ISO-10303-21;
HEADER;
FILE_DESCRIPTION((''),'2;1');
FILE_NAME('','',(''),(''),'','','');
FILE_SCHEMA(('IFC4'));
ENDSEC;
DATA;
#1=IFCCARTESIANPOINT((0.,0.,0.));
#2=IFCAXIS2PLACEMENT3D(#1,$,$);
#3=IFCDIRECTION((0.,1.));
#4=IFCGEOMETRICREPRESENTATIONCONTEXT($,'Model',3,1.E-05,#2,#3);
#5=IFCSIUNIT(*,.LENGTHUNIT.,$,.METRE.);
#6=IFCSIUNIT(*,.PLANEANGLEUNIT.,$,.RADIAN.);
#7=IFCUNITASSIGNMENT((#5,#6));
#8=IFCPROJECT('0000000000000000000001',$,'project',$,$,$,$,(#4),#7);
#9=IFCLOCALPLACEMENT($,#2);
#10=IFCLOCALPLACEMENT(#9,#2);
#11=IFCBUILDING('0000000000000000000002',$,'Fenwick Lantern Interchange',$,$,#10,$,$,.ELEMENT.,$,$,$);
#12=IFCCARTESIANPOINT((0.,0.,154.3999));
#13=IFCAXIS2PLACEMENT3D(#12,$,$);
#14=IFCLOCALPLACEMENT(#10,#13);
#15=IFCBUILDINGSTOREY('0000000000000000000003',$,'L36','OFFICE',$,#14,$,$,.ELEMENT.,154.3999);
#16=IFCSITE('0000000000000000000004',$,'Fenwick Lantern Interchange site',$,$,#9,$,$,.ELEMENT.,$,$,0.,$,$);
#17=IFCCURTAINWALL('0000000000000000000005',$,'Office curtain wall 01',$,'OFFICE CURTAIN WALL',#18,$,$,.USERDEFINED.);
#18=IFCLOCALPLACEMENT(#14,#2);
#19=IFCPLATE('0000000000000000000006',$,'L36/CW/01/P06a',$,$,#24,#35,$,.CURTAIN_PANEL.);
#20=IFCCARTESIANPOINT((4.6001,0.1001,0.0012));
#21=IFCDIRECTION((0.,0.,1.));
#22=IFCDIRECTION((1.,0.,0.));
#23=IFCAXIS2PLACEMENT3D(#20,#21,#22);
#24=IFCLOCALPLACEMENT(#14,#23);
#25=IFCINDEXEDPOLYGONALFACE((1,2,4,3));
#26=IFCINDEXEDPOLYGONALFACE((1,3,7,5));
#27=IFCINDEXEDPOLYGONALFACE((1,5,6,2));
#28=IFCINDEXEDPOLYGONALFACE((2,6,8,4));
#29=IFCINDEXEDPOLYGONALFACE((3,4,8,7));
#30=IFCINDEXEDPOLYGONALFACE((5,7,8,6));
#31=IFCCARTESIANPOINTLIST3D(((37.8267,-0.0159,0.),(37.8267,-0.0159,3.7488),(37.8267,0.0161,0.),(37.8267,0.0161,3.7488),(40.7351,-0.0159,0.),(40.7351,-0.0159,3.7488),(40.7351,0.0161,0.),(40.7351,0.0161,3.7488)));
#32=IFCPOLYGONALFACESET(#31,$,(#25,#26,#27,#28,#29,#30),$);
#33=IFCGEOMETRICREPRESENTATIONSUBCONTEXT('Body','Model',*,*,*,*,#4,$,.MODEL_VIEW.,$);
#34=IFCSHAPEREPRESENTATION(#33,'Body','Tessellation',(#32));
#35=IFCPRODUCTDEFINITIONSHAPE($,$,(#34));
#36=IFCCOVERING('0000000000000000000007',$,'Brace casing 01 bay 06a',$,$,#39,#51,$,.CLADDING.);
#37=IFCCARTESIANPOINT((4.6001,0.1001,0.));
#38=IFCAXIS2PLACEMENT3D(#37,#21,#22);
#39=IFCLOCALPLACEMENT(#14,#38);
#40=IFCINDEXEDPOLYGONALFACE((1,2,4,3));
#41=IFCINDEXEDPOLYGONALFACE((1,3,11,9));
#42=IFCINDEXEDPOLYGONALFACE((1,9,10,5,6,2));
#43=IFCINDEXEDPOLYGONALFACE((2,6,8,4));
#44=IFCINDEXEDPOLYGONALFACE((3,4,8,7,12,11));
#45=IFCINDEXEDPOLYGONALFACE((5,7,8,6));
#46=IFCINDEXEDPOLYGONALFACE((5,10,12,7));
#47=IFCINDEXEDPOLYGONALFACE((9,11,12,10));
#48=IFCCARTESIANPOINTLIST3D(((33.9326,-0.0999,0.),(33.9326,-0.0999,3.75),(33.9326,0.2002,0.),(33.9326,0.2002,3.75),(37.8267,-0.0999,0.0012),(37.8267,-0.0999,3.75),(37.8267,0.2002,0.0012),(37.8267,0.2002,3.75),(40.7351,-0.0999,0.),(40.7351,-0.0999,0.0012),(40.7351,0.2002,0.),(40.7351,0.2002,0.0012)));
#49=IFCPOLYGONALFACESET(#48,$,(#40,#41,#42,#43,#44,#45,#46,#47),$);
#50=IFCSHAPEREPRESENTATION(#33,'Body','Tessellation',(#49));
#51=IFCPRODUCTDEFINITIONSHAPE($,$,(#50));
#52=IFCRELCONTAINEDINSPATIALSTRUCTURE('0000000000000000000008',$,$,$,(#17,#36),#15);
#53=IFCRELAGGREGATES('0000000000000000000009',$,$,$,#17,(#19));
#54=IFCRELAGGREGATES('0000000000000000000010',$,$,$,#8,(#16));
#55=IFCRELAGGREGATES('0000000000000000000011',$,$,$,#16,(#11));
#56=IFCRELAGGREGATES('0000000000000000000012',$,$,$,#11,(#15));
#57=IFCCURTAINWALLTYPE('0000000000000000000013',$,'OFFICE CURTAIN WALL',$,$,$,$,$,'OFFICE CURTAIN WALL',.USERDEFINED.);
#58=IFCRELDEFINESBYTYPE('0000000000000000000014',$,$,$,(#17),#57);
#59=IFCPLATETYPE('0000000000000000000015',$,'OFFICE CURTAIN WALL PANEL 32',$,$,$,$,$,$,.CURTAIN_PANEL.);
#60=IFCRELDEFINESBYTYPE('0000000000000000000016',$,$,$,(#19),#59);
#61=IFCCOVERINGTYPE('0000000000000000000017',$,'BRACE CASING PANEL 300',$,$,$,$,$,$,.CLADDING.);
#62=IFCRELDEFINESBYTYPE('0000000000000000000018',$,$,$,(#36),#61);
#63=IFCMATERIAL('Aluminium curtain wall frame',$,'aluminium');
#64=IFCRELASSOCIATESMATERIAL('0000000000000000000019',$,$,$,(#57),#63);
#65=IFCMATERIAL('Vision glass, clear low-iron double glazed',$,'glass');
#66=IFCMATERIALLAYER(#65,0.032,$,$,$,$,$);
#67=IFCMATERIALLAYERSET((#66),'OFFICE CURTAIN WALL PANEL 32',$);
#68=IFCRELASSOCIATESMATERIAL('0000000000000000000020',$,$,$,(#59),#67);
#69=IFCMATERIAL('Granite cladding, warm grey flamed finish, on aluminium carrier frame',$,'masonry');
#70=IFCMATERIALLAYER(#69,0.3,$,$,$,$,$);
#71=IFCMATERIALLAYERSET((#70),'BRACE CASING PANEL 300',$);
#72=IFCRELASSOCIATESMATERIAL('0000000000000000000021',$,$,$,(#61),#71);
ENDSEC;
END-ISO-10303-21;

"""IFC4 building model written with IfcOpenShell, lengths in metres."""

from ifc_helpers import new_model, si_unit, direction, frame, origin, place, context, subcontext, project, spatial, polyline, outline, extrude, material, layer, layer_set, type_object, element, aggregate, save


model = new_model("IFC4")

# Units and contexts
model_context = context("Model", 3, precision=1e-05, world=origin(), true_north=direction((0.0, 1.0)))
body_context = subcontext(model_context, "Body", "Model", "MODEL_VIEW")
ifc_project = project(units=[si_unit("LENGTHUNIT", "METRE"), si_unit("PLANEANGLEUNIT", "RADIAN")], contexts=[model_context])

# Site, building, storey
site_placement = place(None, origin())
site = spatial("IfcSite", under=ifc_project, at=site_placement, Name="Fenwick Lantern Interchange site", CompositionType="ELEMENT", RefElevation=0.0)
building_placement = place(site_placement, origin())
building = spatial("IfcBuilding", under=site, at=building_placement, Name="Fenwick Lantern Interchange", CompositionType="ELEMENT")
storey_placement = place(building_placement, frame((0.0, 0.0, 154.3999)))
storey = spatial("IfcBuildingStorey", under=building, at=storey_placement, Name="L36", Description="OFFICE", CompositionType="ELEMENT", Elevation=154.3999)

# Curtain wall
ifc_material_1 = material(Name="Aluminium curtain wall frame", Category="aluminium")
curtain_wall_type = type_object("IfcCurtainWallType", Name="OFFICE CURTAIN WALL", ElementType="OFFICE CURTAIN WALL", PredefinedType="USERDEFINED", material=ifc_material_1)
curtain_wall_1_placement = place(storey_placement, origin())
curtain_wall_1 = element("IfcCurtainWall", 1, at=curtain_wall_1_placement, inside=storey, type_object=curtain_wall_type, Name="Office curtain wall 01", ObjectType="OFFICE CURTAIN WALL", PredefinedType="USERDEFINED")

# Plate
ifc_material_2 = material(Name="Vision glass, clear low-iron double glazed", Category="glass")
ifc_layer_1 = layer(ifc_material_2, 0.032)
ifc_layer_set_1 = layer_set([ifc_layer_1], Name="OFFICE CURTAIN WALL PANEL 32")
plate_type = type_object("IfcPlateType", Name="OFFICE CURTAIN WALL PANEL 32", PredefinedType="CURTAIN_PANEL", material=ifc_layer_set_1)
plate_1_placement = place(storey_placement, frame((4.6001, 0.1001, 0.0012), z_axis=(0.0, 0.0, 1.0), x_axis=(1.0, 0.0, 0.0)))
plate_1 = element("IfcPlate", 2, at=plate_1_placement, type_object=plate_type, Name="L36/CW/01/P06a", PredefinedType="CURTAIN_PANEL", context=body_context, shape_type="SweptSolid", body=[
    extrude(outline(polyline([(37.8267, 0.0), (40.7351, 0.0), (40.7351, 3.7488), (37.8267, 3.7488), (37.8267, 0.0)])), frame((0.0, 0.0161, 0.0), z_axis=(0.0, -1.0, 0.0), x_axis=(1.0, 0.0, 0.0)), (0.0, 0.0, 1.0), 0.032),
])
aggregate(curtain_wall_1, [plate_1])

# Covering
ifc_material_3 = material(Name="Granite cladding, warm grey flamed finish, on aluminium carrier frame", Category="masonry")
ifc_layer_2 = layer(ifc_material_3, 0.3)
ifc_layer_set_2 = layer_set([ifc_layer_2], Name="BRACE CASING PANEL 300")
covering_type = type_object("IfcCoveringType", Name="BRACE CASING PANEL 300", PredefinedType="CLADDING", material=ifc_layer_set_2)
covering_placement = place(storey_placement, frame((4.6001, 0.1001, 0.0), z_axis=(0.0, 0.0, 1.0), x_axis=(1.0, 0.0, 0.0)))
element("IfcCovering", 3, at=covering_placement, inside=storey, type_object=covering_type, Name="Brace casing 01 bay 06a", PredefinedType="CLADDING", context=body_context, shape_type="SweptSolid", body=[
    extrude(outline(polyline([(33.9326, 0.0), (40.7351, 0.0), (40.7351, 0.0012), (37.8267, 0.0012), (37.8267, 3.75), (33.9326, 3.75), (33.9326, 0.0)])), frame((0.0, 0.2002, 0.0), z_axis=(0.0, -1.0, 0.0), x_axis=(1.0, 0.0, 0.0)), (0.0, 0.0, 1.0), 0.3),
])

save(model, "model.ifc")
